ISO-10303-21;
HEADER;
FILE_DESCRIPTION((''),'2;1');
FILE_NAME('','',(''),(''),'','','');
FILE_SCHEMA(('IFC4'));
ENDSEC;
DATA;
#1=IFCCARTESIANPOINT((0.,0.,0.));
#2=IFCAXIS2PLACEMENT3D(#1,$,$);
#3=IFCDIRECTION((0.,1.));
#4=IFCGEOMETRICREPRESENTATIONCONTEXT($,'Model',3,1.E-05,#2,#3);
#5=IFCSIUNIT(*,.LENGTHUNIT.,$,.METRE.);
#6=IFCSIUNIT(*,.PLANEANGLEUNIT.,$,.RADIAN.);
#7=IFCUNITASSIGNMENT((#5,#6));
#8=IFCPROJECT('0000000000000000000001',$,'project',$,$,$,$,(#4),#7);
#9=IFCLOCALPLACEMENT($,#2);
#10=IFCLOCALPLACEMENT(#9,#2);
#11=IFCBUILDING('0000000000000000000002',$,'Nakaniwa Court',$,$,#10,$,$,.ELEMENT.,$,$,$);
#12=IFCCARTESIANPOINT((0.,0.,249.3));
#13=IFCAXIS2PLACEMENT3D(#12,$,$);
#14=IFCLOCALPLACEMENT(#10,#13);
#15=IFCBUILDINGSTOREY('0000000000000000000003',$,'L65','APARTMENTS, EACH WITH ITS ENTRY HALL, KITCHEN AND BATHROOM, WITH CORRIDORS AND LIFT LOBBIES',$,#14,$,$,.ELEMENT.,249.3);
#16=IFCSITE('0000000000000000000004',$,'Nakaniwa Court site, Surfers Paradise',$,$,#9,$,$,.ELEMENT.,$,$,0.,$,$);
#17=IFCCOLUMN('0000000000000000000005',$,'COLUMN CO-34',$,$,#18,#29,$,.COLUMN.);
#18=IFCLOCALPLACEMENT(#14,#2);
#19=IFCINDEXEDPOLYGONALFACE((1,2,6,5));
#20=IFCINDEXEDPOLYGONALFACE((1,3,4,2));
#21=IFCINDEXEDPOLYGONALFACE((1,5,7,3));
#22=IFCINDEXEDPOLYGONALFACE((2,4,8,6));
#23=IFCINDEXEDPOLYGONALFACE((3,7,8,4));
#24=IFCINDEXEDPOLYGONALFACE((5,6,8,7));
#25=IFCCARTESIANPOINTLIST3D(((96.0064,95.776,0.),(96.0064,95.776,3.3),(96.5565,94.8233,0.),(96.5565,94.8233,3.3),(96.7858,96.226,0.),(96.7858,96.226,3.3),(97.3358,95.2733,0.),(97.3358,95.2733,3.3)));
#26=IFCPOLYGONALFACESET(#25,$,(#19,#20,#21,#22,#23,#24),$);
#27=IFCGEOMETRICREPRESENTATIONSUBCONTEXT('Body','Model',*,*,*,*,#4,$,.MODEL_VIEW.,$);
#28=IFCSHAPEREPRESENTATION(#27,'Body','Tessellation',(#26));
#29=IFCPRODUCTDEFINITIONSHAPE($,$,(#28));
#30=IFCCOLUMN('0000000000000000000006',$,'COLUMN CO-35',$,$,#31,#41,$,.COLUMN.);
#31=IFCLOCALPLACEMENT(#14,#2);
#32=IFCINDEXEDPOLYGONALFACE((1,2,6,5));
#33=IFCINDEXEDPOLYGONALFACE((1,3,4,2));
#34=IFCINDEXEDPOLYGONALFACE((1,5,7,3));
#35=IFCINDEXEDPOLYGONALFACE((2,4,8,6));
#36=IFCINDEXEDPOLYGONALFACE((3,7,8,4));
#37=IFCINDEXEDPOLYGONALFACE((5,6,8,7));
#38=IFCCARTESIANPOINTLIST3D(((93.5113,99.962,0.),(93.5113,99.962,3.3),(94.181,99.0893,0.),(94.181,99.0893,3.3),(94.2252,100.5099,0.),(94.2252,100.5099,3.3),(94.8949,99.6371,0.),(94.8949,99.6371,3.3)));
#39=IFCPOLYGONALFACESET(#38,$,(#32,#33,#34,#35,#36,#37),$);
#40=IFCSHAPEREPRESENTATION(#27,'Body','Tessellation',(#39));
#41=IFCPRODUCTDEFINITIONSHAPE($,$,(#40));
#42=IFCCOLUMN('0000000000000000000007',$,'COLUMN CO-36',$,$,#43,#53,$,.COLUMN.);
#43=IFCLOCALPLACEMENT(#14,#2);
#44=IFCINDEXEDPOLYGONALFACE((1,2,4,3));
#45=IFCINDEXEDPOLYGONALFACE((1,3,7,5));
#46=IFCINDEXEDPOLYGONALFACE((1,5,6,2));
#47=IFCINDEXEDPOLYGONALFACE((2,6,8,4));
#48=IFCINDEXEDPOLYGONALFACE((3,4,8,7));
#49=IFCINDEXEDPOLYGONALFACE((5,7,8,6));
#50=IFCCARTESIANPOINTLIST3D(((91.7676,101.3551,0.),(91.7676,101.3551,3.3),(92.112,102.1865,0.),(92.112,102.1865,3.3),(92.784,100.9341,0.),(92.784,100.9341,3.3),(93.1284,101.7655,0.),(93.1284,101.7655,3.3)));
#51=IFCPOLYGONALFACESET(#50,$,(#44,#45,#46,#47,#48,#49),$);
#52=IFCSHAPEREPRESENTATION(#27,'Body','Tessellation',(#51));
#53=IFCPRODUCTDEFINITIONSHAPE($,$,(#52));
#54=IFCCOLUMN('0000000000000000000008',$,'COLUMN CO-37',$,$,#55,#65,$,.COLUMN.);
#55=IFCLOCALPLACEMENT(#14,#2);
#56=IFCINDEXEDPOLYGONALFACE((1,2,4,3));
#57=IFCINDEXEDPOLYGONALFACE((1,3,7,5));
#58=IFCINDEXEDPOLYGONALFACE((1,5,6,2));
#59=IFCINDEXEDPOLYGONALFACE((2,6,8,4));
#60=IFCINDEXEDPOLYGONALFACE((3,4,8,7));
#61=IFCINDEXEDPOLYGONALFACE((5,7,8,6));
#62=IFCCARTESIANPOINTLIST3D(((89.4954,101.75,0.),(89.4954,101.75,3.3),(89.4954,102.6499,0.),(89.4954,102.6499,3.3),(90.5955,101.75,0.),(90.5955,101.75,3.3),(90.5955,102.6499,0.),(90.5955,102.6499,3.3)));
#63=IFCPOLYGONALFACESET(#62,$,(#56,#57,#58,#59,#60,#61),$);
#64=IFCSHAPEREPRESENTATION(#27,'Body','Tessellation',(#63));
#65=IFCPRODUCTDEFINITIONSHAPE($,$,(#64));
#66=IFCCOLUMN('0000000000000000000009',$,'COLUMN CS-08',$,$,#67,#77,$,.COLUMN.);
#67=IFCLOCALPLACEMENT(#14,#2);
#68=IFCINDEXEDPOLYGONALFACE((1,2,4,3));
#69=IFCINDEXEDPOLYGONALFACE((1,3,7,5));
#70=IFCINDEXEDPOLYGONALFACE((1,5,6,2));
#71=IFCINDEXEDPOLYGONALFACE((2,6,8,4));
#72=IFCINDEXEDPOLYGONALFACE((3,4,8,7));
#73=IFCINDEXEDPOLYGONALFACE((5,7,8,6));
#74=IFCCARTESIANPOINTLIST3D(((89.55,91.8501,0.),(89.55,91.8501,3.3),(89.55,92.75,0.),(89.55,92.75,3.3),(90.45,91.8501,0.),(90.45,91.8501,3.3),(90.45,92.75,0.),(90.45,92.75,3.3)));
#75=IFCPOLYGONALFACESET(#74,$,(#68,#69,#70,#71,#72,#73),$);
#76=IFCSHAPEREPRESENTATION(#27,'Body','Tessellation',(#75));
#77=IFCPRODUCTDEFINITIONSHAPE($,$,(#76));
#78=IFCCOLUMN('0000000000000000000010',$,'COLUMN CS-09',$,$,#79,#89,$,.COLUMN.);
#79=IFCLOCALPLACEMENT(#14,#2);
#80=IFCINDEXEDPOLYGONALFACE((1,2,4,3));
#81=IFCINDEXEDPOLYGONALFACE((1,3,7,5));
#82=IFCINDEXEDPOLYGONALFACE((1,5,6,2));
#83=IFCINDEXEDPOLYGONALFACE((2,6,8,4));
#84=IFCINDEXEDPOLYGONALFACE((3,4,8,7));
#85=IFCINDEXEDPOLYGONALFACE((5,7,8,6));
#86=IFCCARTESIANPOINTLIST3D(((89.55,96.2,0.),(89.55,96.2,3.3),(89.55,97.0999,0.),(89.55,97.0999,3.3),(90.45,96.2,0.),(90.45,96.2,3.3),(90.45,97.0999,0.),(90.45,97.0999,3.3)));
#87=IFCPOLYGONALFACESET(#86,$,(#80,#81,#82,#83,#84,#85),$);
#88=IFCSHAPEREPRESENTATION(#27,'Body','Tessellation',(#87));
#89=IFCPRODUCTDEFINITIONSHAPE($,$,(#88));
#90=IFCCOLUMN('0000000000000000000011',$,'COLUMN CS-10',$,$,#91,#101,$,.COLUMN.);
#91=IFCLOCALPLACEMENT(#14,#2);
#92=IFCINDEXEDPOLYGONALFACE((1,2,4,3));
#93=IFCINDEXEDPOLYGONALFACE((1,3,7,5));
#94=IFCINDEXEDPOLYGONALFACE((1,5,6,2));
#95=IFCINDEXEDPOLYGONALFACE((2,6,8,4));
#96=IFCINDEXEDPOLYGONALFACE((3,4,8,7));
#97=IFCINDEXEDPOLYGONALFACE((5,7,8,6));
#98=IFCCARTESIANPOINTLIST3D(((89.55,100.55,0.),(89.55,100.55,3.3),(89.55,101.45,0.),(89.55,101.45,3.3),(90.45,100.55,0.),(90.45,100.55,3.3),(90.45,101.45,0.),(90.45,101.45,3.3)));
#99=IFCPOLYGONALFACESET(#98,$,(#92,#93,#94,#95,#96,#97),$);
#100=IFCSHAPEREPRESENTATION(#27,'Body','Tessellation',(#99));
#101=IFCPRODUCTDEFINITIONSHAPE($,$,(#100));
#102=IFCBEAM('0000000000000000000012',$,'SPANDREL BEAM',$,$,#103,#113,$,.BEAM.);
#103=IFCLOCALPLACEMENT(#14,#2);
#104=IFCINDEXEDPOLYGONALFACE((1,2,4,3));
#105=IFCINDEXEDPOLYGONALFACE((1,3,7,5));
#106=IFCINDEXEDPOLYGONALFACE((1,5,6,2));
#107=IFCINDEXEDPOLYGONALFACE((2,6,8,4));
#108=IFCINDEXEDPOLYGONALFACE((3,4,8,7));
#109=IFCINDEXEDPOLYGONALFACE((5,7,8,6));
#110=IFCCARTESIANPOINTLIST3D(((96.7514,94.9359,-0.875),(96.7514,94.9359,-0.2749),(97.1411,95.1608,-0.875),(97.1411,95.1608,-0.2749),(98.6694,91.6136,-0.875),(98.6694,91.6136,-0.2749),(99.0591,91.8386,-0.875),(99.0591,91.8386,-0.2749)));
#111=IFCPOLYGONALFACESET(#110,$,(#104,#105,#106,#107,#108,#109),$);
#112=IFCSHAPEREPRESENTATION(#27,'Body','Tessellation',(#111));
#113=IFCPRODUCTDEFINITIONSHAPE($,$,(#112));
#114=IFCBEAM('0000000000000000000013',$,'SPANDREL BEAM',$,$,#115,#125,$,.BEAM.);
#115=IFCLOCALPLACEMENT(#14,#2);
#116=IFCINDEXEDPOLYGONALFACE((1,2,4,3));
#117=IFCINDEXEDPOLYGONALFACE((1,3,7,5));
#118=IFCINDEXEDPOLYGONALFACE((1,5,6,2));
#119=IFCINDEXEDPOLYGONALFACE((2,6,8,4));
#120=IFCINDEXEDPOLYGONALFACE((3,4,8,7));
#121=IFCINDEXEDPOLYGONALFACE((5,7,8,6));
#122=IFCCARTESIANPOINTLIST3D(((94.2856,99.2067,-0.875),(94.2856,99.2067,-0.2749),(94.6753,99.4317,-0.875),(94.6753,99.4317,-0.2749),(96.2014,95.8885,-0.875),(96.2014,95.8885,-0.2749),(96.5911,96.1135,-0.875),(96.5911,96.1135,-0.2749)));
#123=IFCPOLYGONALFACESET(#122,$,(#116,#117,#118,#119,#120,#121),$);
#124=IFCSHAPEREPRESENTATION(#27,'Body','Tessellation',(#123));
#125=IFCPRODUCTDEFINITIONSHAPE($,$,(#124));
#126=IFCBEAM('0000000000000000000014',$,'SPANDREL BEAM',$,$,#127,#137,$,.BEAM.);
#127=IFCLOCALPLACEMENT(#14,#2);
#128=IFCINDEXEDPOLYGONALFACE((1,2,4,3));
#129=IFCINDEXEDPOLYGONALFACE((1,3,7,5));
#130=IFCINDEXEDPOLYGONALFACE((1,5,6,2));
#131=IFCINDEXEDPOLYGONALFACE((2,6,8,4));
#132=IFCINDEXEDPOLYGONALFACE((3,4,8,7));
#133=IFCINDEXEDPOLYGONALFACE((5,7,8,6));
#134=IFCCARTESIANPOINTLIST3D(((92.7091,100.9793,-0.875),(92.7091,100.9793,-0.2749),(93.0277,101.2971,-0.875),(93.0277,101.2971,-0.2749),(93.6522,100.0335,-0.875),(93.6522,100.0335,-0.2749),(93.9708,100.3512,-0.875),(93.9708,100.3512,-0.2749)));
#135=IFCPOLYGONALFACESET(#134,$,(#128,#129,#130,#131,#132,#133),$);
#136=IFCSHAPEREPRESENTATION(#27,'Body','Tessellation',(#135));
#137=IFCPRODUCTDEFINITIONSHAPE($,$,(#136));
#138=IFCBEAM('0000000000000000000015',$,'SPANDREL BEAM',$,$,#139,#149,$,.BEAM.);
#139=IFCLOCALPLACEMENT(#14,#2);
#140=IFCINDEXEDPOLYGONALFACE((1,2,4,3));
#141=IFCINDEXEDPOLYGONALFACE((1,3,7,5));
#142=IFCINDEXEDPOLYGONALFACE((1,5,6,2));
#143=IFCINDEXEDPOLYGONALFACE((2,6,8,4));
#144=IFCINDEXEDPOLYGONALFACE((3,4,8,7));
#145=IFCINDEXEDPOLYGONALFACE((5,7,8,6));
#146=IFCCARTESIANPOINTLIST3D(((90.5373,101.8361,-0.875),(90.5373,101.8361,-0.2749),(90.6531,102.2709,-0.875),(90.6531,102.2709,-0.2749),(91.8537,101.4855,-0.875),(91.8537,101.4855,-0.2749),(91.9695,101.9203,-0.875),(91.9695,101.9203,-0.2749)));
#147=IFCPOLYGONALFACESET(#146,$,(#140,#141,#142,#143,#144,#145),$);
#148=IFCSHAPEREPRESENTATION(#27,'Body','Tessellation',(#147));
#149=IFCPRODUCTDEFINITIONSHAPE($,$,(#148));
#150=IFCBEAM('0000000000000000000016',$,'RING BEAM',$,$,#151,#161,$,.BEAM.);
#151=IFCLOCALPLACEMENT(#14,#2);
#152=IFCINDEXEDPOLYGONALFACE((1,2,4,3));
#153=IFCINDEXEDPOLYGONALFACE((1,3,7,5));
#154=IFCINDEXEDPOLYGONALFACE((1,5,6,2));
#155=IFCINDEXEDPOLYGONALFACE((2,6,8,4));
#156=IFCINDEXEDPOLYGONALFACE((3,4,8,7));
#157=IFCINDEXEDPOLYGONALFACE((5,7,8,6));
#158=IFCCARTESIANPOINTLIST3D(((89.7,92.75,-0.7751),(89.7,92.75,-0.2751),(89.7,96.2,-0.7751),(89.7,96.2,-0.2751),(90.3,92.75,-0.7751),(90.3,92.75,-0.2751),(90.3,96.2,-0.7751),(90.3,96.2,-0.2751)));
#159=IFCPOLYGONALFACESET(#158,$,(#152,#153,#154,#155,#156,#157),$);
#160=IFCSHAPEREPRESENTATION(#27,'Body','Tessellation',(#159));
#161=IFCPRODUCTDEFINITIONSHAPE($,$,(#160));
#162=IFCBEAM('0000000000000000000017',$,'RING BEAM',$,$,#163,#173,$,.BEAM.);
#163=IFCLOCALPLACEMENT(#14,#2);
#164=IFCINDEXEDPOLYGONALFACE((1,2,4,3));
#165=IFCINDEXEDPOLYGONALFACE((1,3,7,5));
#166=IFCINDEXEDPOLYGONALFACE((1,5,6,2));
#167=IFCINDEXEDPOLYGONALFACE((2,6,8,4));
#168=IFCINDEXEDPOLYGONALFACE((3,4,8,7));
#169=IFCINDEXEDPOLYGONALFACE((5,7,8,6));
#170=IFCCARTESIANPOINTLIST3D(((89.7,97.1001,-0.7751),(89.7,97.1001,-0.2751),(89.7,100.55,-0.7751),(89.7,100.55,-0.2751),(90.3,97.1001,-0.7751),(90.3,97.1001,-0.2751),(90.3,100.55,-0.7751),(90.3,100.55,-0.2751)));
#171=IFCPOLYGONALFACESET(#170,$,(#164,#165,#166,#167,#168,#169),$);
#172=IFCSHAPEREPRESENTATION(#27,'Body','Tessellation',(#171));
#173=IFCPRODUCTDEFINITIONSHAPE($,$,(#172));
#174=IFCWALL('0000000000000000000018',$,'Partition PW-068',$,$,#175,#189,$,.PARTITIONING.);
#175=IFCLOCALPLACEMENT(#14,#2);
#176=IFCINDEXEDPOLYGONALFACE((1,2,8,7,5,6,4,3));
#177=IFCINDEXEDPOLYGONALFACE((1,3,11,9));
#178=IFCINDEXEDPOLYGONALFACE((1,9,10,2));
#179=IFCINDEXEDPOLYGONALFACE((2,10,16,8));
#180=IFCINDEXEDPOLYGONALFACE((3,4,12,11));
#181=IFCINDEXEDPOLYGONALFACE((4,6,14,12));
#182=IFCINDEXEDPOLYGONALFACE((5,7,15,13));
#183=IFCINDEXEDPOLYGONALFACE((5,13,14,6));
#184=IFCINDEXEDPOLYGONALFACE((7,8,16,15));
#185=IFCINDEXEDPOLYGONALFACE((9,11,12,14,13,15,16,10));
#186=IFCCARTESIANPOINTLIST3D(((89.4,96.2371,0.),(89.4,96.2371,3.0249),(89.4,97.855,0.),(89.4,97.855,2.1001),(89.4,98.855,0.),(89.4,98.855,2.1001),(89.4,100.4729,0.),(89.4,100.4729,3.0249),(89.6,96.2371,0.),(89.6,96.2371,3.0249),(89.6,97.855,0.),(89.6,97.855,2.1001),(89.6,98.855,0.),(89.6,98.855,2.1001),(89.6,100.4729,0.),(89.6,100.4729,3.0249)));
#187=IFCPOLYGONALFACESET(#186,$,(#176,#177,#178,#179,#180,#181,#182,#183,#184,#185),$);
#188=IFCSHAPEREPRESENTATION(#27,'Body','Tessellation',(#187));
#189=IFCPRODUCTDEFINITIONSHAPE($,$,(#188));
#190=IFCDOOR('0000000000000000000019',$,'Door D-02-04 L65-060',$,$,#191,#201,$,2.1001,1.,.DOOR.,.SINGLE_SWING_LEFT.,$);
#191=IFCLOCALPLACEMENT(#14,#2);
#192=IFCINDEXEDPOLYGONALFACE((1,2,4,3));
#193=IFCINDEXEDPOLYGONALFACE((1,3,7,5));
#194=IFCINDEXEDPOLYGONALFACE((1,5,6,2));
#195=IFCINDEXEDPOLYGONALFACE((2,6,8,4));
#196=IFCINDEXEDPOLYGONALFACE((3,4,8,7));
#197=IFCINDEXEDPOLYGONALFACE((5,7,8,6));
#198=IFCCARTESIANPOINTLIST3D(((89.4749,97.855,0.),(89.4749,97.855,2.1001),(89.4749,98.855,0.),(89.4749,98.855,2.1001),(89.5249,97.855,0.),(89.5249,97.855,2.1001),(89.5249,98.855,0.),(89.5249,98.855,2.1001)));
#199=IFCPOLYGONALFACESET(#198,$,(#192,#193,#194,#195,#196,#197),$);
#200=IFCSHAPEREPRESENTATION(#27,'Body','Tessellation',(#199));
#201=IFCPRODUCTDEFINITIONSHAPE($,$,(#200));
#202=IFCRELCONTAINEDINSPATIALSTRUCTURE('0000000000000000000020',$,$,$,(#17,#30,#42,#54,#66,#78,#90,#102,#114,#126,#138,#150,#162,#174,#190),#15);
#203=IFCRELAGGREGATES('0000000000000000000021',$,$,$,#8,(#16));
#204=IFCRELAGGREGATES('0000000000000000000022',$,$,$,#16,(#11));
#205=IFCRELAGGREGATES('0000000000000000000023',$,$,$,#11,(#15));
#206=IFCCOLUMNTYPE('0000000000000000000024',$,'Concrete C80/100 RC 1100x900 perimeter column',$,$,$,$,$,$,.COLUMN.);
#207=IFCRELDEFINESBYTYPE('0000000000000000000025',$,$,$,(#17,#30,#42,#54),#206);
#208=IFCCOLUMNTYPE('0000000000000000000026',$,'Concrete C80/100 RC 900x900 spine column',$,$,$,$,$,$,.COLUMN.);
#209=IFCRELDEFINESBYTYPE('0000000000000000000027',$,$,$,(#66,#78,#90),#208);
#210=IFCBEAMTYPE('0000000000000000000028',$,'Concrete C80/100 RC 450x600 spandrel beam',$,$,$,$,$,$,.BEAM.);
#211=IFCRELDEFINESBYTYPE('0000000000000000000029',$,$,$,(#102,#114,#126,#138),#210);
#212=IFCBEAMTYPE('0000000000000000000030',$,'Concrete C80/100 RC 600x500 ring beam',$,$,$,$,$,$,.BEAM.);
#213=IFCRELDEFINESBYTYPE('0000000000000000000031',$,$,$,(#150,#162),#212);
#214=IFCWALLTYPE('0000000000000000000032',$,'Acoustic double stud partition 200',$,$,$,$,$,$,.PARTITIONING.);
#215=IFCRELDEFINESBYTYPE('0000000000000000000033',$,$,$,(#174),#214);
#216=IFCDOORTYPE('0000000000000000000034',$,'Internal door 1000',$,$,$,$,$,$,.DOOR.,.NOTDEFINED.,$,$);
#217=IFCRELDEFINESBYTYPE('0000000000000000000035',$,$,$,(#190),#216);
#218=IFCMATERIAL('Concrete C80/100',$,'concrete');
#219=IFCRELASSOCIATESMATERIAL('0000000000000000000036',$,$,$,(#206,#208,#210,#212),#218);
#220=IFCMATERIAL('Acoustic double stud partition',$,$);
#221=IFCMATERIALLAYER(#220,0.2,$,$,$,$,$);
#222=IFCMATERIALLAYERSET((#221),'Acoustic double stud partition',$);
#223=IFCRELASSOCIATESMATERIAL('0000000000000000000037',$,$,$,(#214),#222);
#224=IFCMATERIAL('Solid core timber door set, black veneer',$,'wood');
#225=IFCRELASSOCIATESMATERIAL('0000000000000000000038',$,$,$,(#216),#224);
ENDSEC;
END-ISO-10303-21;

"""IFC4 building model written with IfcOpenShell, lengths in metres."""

from ifc_helpers import new_model, si_unit, direction, frame, frame_2d, origin, origin_2d, place, context, subcontext, project, spatial, rectangle, extrude, material, layer, layer_set, material_profile, profile_set, type_object, element, fill, save


model = new_model("IFC4")

# Units and contexts
model_context = context("Model", 3, precision=1e-05, world=origin(), true_north=direction((0.0, 1.0)))
body_context = subcontext(model_context, "Body", "Model", "MODEL_VIEW")
ifc_project = project(units=[si_unit("LENGTHUNIT", "METRE"), si_unit("PLANEANGLEUNIT", "RADIAN")], contexts=[model_context])

# Site, building, storey
site_placement = place(None, origin())
site = spatial("IfcSite", under=ifc_project, at=site_placement, Name="Nakaniwa Court site, Surfers Paradise", CompositionType="ELEMENT", RefElevation=0.0)
building_placement = place(site_placement, origin())
building = spatial("IfcBuilding", under=site, at=building_placement, Name="Nakaniwa Court", CompositionType="ELEMENT")
storey_placement = place(building_placement, frame((0.0, 0.0, 249.3)))
storey = spatial("IfcBuildingStorey", under=building, at=storey_placement, Name="L65", Description="APARTMENTS, EACH WITH ITS ENTRY HALL, KITCHEN AND BATHROOM, WITH CORRIDORS AND LIFT LOBBIES", CompositionType="ELEMENT", Elevation=249.3)

# Columns
ifc_material_1 = material(Name="Concrete C80/100", Category="concrete")
ifc_material_profile_1 = material_profile(ifc_material_1, rectangle(XDim=1.1001, YDim=0.8999, at=origin_2d()), Name="Concrete C80/100 RC 1100x900 perimeter column")
ifc_profile_set_1 = profile_set([ifc_material_profile_1], Name="Concrete C80/100")
column_type_1 = type_object("IfcColumnType", Name="Concrete C80/100 RC 1100x900 perimeter column", PredefinedType="COLUMN", material=ifc_profile_set_1)
for number, where, z_axis, x_axis, name in (
    (1, (96.6711, 95.5247, 0.0), (0.0, 0.0, 1.0), (-0.5, 0.866025, 0.0), "COLUMN CO-34"),
    (2, (94.2031, 99.7996, 0.0), (0.0, 0.0, 1.0), (-0.608761, 0.793353, 0.0), "COLUMN CO-35"),
    (3, (92.448, 101.5603, 0.0), (0.0, 0.0, 1.0), (-0.92388, 0.382683, 0.0), "COLUMN CO-36"),
    (4, (90.0454, 102.2, 0.0), (0.0, 0.0, 1.0), (-1.0, 0.0, 0.0), "COLUMN CO-37"),
):
    element("IfcColumn", number, at=place(storey_placement, frame(where, z_axis=z_axis, x_axis=x_axis)), inside=storey, type_object=column_type_1, Name=name, PredefinedType="COLUMN", context=body_context, shape_type="SweptSolid", body=[
        extrude(rectangle(XDim=1.1001, YDim=0.8999, at=origin_2d()), origin(), (0.0, 0.0, 1.0), 3.3),
    ])
ifc_material_profile_2 = material_profile(ifc_material_1, rectangle(XDim=0.8999, YDim=0.8999, at=origin_2d()), Name="Concrete C80/100 RC 900x900 spine column")
ifc_profile_set_2 = profile_set([ifc_material_profile_2], Name="Concrete C80/100")
column_type_2 = type_object("IfcColumnType", Name="Concrete C80/100 RC 900x900 spine column", PredefinedType="COLUMN", material=ifc_profile_set_2)
for number, where, z_axis, x_axis, name in (
    (5, (90.0, 92.3, 0.0), (0.0, 0.0, 1.0), (0.0, 1.0, 0.0), "COLUMN CS-08"),
    (6, (90.0, 96.6499, 0.0), (0.0, 0.0, 1.0), (0.0, 1.0, 0.0), "COLUMN CS-09"),
    (7, (90.0, 101.0, 0.0), (0.0, 0.0, 1.0), (0.0, 1.0, 0.0), "COLUMN CS-10"),
):
    element("IfcColumn", number, at=place(storey_placement, frame(where, z_axis=z_axis, x_axis=x_axis)), inside=storey, type_object=column_type_2, Name=name, PredefinedType="COLUMN", context=body_context, shape_type="SweptSolid", body=[
        extrude(rectangle(XDim=0.8999, YDim=0.8999, at=origin_2d()), origin(), (0.0, 0.0, 1.0), 3.3),
    ])

# Beams
ifc_material_profile_3 = material_profile(ifc_material_1, rectangle(XDim=0.45, YDim=0.6001, at=origin_2d()), Name="Concrete C80/100 RC 450x600 spandrel beam")
ifc_profile_set_3 = profile_set([ifc_material_profile_3], Name="Concrete C80/100")
beam_type_1 = type_object("IfcBeamType", Name="Concrete C80/100 RC 450x600 spandrel beam", PredefinedType="BEAM", material=ifc_profile_set_3)
beam_1_placement = place(storey_placement, frame((98.8643, 91.7261, -0.575), z_axis=(-0.499972, 0.866041, 0.0), x_axis=(-0.866041, -0.499972, 0.0)))
element("IfcBeam", 8, at=beam_1_placement, inside=storey, type_object=beam_type_1, Name="SPANDREL BEAM", PredefinedType="BEAM", context=body_context, shape_type="SweptSolid", body=[
    extrude(rectangle(XDim=0.45, YDim=0.6001, at=origin_2d()), origin(), (0.0, 0.0, 1.0), 3.8362),
])
beam_2_placement = place(storey_placement, frame((96.3962, 96.001, -0.575), z_axis=(-0.500011, 0.866019, 0.0), x_axis=(-0.866019, -0.500011, 0.0)))
element("IfcBeam", 9, at=beam_2_placement, inside=storey, type_object=beam_type_1, Name="SPANDREL BEAM", PredefinedType="BEAM", context=body_context, shape_type="SweptSolid", body=[
    extrude(rectangle(XDim=0.45, YDim=0.6001, at=origin_2d()), origin(), (0.0, 0.0, 1.0), 3.8315),
])
beam_3_placement = place(storey_placement, frame((93.8115, 100.1924, -0.575), z_axis=(-0.706101, 0.708111, 0.0), x_axis=(-0.708111, -0.706101, 0.0)))
element("IfcBeam", 10, at=beam_3_placement, inside=storey, type_object=beam_type_1, Name="SPANDREL BEAM", PredefinedType="BEAM", context=body_context, shape_type="SweptSolid", body=[
    extrude(rectangle(XDim=0.45, YDim=0.6001, at=origin_2d()), origin(), (0.0, 0.0, 1.0), 1.3357),
])
beam_4_placement = place(storey_placement, frame((91.9116, 101.7029, -0.575), z_axis=(-0.966318, 0.25735, 0.0), x_axis=(-0.25735, -0.966318, 0.0)))
element("IfcBeam", 11, at=beam_4_placement, inside=storey, type_object=beam_type_1, Name="SPANDREL BEAM", PredefinedType="BEAM", context=body_context, shape_type="SweptSolid", body=[
    extrude(rectangle(XDim=0.45, YDim=0.6001, at=origin_2d()), origin(), (0.0, 0.0, 1.0), 1.3623),
])
ifc_material_profile_4 = material_profile(ifc_material_1, rectangle(XDim=0.6001, YDim=0.5, at=origin_2d()), Name="Concrete C80/100 RC 600x500 ring beam")
ifc_profile_set_4 = profile_set([ifc_material_profile_4], Name="Concrete C80/100")
beam_type_2 = type_object("IfcBeamType", Name="Concrete C80/100 RC 600x500 ring beam", PredefinedType="BEAM", material=ifc_profile_set_4)
for number, where, z_axis, x_axis, name in (
    (12, (90.0, 92.75, -0.5251), (0.0, 1.0, 0.0), (-1.0, 0.0, 0.0), "RING BEAM"),
    (13, (90.0, 97.1001, -0.5251), (0.0, 1.0, 0.0), (-1.0, 0.0, 0.0), "RING BEAM"),
):
    element("IfcBeam", number, at=place(storey_placement, frame(where, z_axis=z_axis, x_axis=x_axis)), inside=storey, type_object=beam_type_2, Name=name, PredefinedType="BEAM", context=body_context, shape_type="SweptSolid", body=[
        extrude(rectangle(XDim=0.6001, YDim=0.5, at=origin_2d()), origin(), (0.0, 0.0, 1.0), 3.45),
    ])

# Wall, opening, door
ifc_material_2 = material(Name="Acoustic double stud partition")
ifc_layer_1 = layer(ifc_material_2, 0.2)
ifc_layer_set_1 = layer_set([ifc_layer_1], Name="Acoustic double stud partition")
wall_type_1 = type_object("IfcWallType", Name="Acoustic double stud partition 200", PredefinedType="PARTITIONING", material=ifc_layer_set_1)
wall_1_placement = place(storey_placement, frame((89.5, 100.4729, 0.0), z_axis=(0.0, 0.0, 1.0), x_axis=(0.0, -1.0, 0.0)))
wall_1 = element("IfcWall", 14, at=wall_1_placement, inside=storey, type_object=wall_type_1, Name="Partition PW-068", PredefinedType="PARTITIONING", context=body_context, shape_type="SweptSolid", body=[
    extrude(rectangle(XDim=4.2358, YDim=0.2, at=frame_2d((2.1179, 0.0))), origin(), (0.0, 0.0, 1.0), 3.0249),
])
opening_1_placement = place(wall_1_placement, frame((1.6179, 0.0, 0.0)))
opening_1 = element("IfcOpeningElement", 15, at=opening_1_placement, cuts=wall_1, PredefinedType="OPENING", context=body_context, shape_type="SweptSolid", body=[
    extrude(rectangle(XDim=1.0, YDim=2.1001, at=frame_2d((0.5, 1.05))), frame((0.0, 0.1099, 0.0), z_axis=(0.0, -1.0, 0.0), x_axis=(1.0, 0.0, 0.0)), (0.0, 0.0, 1.0), 0.22),
])
ifc_material_3 = material(Name="Solid core timber door set, black veneer", Category="wood")
door_type_1 = type_object("IfcDoorType", Name="Internal door 1000", OperationType="NOTDEFINED", PredefinedType="DOOR", material=ifc_material_3)
door_1_placement = place(opening_1_placement, origin())
door_1 = element("IfcDoor", 16, at=door_1_placement, inside=storey, type_object=door_type_1, Name="Door D-02-04 L65-060", OperationType="SINGLE_SWING_LEFT", OverallHeight=2.1001, OverallWidth=1.0, PredefinedType="DOOR", context=body_context, shape_type="SweptSolid", body=[
    extrude(rectangle(XDim=1.0, YDim=2.1001, at=frame_2d((0.5, 1.05))), frame((0.0, 0.0249, 0.0), z_axis=(0.0, -1.0, 0.0), x_axis=(1.0, 0.0, 0.0)), (0.0, 0.0, 1.0), 0.05),
])
fill(opening_1, door_1)

save(model, "model.ifc")
